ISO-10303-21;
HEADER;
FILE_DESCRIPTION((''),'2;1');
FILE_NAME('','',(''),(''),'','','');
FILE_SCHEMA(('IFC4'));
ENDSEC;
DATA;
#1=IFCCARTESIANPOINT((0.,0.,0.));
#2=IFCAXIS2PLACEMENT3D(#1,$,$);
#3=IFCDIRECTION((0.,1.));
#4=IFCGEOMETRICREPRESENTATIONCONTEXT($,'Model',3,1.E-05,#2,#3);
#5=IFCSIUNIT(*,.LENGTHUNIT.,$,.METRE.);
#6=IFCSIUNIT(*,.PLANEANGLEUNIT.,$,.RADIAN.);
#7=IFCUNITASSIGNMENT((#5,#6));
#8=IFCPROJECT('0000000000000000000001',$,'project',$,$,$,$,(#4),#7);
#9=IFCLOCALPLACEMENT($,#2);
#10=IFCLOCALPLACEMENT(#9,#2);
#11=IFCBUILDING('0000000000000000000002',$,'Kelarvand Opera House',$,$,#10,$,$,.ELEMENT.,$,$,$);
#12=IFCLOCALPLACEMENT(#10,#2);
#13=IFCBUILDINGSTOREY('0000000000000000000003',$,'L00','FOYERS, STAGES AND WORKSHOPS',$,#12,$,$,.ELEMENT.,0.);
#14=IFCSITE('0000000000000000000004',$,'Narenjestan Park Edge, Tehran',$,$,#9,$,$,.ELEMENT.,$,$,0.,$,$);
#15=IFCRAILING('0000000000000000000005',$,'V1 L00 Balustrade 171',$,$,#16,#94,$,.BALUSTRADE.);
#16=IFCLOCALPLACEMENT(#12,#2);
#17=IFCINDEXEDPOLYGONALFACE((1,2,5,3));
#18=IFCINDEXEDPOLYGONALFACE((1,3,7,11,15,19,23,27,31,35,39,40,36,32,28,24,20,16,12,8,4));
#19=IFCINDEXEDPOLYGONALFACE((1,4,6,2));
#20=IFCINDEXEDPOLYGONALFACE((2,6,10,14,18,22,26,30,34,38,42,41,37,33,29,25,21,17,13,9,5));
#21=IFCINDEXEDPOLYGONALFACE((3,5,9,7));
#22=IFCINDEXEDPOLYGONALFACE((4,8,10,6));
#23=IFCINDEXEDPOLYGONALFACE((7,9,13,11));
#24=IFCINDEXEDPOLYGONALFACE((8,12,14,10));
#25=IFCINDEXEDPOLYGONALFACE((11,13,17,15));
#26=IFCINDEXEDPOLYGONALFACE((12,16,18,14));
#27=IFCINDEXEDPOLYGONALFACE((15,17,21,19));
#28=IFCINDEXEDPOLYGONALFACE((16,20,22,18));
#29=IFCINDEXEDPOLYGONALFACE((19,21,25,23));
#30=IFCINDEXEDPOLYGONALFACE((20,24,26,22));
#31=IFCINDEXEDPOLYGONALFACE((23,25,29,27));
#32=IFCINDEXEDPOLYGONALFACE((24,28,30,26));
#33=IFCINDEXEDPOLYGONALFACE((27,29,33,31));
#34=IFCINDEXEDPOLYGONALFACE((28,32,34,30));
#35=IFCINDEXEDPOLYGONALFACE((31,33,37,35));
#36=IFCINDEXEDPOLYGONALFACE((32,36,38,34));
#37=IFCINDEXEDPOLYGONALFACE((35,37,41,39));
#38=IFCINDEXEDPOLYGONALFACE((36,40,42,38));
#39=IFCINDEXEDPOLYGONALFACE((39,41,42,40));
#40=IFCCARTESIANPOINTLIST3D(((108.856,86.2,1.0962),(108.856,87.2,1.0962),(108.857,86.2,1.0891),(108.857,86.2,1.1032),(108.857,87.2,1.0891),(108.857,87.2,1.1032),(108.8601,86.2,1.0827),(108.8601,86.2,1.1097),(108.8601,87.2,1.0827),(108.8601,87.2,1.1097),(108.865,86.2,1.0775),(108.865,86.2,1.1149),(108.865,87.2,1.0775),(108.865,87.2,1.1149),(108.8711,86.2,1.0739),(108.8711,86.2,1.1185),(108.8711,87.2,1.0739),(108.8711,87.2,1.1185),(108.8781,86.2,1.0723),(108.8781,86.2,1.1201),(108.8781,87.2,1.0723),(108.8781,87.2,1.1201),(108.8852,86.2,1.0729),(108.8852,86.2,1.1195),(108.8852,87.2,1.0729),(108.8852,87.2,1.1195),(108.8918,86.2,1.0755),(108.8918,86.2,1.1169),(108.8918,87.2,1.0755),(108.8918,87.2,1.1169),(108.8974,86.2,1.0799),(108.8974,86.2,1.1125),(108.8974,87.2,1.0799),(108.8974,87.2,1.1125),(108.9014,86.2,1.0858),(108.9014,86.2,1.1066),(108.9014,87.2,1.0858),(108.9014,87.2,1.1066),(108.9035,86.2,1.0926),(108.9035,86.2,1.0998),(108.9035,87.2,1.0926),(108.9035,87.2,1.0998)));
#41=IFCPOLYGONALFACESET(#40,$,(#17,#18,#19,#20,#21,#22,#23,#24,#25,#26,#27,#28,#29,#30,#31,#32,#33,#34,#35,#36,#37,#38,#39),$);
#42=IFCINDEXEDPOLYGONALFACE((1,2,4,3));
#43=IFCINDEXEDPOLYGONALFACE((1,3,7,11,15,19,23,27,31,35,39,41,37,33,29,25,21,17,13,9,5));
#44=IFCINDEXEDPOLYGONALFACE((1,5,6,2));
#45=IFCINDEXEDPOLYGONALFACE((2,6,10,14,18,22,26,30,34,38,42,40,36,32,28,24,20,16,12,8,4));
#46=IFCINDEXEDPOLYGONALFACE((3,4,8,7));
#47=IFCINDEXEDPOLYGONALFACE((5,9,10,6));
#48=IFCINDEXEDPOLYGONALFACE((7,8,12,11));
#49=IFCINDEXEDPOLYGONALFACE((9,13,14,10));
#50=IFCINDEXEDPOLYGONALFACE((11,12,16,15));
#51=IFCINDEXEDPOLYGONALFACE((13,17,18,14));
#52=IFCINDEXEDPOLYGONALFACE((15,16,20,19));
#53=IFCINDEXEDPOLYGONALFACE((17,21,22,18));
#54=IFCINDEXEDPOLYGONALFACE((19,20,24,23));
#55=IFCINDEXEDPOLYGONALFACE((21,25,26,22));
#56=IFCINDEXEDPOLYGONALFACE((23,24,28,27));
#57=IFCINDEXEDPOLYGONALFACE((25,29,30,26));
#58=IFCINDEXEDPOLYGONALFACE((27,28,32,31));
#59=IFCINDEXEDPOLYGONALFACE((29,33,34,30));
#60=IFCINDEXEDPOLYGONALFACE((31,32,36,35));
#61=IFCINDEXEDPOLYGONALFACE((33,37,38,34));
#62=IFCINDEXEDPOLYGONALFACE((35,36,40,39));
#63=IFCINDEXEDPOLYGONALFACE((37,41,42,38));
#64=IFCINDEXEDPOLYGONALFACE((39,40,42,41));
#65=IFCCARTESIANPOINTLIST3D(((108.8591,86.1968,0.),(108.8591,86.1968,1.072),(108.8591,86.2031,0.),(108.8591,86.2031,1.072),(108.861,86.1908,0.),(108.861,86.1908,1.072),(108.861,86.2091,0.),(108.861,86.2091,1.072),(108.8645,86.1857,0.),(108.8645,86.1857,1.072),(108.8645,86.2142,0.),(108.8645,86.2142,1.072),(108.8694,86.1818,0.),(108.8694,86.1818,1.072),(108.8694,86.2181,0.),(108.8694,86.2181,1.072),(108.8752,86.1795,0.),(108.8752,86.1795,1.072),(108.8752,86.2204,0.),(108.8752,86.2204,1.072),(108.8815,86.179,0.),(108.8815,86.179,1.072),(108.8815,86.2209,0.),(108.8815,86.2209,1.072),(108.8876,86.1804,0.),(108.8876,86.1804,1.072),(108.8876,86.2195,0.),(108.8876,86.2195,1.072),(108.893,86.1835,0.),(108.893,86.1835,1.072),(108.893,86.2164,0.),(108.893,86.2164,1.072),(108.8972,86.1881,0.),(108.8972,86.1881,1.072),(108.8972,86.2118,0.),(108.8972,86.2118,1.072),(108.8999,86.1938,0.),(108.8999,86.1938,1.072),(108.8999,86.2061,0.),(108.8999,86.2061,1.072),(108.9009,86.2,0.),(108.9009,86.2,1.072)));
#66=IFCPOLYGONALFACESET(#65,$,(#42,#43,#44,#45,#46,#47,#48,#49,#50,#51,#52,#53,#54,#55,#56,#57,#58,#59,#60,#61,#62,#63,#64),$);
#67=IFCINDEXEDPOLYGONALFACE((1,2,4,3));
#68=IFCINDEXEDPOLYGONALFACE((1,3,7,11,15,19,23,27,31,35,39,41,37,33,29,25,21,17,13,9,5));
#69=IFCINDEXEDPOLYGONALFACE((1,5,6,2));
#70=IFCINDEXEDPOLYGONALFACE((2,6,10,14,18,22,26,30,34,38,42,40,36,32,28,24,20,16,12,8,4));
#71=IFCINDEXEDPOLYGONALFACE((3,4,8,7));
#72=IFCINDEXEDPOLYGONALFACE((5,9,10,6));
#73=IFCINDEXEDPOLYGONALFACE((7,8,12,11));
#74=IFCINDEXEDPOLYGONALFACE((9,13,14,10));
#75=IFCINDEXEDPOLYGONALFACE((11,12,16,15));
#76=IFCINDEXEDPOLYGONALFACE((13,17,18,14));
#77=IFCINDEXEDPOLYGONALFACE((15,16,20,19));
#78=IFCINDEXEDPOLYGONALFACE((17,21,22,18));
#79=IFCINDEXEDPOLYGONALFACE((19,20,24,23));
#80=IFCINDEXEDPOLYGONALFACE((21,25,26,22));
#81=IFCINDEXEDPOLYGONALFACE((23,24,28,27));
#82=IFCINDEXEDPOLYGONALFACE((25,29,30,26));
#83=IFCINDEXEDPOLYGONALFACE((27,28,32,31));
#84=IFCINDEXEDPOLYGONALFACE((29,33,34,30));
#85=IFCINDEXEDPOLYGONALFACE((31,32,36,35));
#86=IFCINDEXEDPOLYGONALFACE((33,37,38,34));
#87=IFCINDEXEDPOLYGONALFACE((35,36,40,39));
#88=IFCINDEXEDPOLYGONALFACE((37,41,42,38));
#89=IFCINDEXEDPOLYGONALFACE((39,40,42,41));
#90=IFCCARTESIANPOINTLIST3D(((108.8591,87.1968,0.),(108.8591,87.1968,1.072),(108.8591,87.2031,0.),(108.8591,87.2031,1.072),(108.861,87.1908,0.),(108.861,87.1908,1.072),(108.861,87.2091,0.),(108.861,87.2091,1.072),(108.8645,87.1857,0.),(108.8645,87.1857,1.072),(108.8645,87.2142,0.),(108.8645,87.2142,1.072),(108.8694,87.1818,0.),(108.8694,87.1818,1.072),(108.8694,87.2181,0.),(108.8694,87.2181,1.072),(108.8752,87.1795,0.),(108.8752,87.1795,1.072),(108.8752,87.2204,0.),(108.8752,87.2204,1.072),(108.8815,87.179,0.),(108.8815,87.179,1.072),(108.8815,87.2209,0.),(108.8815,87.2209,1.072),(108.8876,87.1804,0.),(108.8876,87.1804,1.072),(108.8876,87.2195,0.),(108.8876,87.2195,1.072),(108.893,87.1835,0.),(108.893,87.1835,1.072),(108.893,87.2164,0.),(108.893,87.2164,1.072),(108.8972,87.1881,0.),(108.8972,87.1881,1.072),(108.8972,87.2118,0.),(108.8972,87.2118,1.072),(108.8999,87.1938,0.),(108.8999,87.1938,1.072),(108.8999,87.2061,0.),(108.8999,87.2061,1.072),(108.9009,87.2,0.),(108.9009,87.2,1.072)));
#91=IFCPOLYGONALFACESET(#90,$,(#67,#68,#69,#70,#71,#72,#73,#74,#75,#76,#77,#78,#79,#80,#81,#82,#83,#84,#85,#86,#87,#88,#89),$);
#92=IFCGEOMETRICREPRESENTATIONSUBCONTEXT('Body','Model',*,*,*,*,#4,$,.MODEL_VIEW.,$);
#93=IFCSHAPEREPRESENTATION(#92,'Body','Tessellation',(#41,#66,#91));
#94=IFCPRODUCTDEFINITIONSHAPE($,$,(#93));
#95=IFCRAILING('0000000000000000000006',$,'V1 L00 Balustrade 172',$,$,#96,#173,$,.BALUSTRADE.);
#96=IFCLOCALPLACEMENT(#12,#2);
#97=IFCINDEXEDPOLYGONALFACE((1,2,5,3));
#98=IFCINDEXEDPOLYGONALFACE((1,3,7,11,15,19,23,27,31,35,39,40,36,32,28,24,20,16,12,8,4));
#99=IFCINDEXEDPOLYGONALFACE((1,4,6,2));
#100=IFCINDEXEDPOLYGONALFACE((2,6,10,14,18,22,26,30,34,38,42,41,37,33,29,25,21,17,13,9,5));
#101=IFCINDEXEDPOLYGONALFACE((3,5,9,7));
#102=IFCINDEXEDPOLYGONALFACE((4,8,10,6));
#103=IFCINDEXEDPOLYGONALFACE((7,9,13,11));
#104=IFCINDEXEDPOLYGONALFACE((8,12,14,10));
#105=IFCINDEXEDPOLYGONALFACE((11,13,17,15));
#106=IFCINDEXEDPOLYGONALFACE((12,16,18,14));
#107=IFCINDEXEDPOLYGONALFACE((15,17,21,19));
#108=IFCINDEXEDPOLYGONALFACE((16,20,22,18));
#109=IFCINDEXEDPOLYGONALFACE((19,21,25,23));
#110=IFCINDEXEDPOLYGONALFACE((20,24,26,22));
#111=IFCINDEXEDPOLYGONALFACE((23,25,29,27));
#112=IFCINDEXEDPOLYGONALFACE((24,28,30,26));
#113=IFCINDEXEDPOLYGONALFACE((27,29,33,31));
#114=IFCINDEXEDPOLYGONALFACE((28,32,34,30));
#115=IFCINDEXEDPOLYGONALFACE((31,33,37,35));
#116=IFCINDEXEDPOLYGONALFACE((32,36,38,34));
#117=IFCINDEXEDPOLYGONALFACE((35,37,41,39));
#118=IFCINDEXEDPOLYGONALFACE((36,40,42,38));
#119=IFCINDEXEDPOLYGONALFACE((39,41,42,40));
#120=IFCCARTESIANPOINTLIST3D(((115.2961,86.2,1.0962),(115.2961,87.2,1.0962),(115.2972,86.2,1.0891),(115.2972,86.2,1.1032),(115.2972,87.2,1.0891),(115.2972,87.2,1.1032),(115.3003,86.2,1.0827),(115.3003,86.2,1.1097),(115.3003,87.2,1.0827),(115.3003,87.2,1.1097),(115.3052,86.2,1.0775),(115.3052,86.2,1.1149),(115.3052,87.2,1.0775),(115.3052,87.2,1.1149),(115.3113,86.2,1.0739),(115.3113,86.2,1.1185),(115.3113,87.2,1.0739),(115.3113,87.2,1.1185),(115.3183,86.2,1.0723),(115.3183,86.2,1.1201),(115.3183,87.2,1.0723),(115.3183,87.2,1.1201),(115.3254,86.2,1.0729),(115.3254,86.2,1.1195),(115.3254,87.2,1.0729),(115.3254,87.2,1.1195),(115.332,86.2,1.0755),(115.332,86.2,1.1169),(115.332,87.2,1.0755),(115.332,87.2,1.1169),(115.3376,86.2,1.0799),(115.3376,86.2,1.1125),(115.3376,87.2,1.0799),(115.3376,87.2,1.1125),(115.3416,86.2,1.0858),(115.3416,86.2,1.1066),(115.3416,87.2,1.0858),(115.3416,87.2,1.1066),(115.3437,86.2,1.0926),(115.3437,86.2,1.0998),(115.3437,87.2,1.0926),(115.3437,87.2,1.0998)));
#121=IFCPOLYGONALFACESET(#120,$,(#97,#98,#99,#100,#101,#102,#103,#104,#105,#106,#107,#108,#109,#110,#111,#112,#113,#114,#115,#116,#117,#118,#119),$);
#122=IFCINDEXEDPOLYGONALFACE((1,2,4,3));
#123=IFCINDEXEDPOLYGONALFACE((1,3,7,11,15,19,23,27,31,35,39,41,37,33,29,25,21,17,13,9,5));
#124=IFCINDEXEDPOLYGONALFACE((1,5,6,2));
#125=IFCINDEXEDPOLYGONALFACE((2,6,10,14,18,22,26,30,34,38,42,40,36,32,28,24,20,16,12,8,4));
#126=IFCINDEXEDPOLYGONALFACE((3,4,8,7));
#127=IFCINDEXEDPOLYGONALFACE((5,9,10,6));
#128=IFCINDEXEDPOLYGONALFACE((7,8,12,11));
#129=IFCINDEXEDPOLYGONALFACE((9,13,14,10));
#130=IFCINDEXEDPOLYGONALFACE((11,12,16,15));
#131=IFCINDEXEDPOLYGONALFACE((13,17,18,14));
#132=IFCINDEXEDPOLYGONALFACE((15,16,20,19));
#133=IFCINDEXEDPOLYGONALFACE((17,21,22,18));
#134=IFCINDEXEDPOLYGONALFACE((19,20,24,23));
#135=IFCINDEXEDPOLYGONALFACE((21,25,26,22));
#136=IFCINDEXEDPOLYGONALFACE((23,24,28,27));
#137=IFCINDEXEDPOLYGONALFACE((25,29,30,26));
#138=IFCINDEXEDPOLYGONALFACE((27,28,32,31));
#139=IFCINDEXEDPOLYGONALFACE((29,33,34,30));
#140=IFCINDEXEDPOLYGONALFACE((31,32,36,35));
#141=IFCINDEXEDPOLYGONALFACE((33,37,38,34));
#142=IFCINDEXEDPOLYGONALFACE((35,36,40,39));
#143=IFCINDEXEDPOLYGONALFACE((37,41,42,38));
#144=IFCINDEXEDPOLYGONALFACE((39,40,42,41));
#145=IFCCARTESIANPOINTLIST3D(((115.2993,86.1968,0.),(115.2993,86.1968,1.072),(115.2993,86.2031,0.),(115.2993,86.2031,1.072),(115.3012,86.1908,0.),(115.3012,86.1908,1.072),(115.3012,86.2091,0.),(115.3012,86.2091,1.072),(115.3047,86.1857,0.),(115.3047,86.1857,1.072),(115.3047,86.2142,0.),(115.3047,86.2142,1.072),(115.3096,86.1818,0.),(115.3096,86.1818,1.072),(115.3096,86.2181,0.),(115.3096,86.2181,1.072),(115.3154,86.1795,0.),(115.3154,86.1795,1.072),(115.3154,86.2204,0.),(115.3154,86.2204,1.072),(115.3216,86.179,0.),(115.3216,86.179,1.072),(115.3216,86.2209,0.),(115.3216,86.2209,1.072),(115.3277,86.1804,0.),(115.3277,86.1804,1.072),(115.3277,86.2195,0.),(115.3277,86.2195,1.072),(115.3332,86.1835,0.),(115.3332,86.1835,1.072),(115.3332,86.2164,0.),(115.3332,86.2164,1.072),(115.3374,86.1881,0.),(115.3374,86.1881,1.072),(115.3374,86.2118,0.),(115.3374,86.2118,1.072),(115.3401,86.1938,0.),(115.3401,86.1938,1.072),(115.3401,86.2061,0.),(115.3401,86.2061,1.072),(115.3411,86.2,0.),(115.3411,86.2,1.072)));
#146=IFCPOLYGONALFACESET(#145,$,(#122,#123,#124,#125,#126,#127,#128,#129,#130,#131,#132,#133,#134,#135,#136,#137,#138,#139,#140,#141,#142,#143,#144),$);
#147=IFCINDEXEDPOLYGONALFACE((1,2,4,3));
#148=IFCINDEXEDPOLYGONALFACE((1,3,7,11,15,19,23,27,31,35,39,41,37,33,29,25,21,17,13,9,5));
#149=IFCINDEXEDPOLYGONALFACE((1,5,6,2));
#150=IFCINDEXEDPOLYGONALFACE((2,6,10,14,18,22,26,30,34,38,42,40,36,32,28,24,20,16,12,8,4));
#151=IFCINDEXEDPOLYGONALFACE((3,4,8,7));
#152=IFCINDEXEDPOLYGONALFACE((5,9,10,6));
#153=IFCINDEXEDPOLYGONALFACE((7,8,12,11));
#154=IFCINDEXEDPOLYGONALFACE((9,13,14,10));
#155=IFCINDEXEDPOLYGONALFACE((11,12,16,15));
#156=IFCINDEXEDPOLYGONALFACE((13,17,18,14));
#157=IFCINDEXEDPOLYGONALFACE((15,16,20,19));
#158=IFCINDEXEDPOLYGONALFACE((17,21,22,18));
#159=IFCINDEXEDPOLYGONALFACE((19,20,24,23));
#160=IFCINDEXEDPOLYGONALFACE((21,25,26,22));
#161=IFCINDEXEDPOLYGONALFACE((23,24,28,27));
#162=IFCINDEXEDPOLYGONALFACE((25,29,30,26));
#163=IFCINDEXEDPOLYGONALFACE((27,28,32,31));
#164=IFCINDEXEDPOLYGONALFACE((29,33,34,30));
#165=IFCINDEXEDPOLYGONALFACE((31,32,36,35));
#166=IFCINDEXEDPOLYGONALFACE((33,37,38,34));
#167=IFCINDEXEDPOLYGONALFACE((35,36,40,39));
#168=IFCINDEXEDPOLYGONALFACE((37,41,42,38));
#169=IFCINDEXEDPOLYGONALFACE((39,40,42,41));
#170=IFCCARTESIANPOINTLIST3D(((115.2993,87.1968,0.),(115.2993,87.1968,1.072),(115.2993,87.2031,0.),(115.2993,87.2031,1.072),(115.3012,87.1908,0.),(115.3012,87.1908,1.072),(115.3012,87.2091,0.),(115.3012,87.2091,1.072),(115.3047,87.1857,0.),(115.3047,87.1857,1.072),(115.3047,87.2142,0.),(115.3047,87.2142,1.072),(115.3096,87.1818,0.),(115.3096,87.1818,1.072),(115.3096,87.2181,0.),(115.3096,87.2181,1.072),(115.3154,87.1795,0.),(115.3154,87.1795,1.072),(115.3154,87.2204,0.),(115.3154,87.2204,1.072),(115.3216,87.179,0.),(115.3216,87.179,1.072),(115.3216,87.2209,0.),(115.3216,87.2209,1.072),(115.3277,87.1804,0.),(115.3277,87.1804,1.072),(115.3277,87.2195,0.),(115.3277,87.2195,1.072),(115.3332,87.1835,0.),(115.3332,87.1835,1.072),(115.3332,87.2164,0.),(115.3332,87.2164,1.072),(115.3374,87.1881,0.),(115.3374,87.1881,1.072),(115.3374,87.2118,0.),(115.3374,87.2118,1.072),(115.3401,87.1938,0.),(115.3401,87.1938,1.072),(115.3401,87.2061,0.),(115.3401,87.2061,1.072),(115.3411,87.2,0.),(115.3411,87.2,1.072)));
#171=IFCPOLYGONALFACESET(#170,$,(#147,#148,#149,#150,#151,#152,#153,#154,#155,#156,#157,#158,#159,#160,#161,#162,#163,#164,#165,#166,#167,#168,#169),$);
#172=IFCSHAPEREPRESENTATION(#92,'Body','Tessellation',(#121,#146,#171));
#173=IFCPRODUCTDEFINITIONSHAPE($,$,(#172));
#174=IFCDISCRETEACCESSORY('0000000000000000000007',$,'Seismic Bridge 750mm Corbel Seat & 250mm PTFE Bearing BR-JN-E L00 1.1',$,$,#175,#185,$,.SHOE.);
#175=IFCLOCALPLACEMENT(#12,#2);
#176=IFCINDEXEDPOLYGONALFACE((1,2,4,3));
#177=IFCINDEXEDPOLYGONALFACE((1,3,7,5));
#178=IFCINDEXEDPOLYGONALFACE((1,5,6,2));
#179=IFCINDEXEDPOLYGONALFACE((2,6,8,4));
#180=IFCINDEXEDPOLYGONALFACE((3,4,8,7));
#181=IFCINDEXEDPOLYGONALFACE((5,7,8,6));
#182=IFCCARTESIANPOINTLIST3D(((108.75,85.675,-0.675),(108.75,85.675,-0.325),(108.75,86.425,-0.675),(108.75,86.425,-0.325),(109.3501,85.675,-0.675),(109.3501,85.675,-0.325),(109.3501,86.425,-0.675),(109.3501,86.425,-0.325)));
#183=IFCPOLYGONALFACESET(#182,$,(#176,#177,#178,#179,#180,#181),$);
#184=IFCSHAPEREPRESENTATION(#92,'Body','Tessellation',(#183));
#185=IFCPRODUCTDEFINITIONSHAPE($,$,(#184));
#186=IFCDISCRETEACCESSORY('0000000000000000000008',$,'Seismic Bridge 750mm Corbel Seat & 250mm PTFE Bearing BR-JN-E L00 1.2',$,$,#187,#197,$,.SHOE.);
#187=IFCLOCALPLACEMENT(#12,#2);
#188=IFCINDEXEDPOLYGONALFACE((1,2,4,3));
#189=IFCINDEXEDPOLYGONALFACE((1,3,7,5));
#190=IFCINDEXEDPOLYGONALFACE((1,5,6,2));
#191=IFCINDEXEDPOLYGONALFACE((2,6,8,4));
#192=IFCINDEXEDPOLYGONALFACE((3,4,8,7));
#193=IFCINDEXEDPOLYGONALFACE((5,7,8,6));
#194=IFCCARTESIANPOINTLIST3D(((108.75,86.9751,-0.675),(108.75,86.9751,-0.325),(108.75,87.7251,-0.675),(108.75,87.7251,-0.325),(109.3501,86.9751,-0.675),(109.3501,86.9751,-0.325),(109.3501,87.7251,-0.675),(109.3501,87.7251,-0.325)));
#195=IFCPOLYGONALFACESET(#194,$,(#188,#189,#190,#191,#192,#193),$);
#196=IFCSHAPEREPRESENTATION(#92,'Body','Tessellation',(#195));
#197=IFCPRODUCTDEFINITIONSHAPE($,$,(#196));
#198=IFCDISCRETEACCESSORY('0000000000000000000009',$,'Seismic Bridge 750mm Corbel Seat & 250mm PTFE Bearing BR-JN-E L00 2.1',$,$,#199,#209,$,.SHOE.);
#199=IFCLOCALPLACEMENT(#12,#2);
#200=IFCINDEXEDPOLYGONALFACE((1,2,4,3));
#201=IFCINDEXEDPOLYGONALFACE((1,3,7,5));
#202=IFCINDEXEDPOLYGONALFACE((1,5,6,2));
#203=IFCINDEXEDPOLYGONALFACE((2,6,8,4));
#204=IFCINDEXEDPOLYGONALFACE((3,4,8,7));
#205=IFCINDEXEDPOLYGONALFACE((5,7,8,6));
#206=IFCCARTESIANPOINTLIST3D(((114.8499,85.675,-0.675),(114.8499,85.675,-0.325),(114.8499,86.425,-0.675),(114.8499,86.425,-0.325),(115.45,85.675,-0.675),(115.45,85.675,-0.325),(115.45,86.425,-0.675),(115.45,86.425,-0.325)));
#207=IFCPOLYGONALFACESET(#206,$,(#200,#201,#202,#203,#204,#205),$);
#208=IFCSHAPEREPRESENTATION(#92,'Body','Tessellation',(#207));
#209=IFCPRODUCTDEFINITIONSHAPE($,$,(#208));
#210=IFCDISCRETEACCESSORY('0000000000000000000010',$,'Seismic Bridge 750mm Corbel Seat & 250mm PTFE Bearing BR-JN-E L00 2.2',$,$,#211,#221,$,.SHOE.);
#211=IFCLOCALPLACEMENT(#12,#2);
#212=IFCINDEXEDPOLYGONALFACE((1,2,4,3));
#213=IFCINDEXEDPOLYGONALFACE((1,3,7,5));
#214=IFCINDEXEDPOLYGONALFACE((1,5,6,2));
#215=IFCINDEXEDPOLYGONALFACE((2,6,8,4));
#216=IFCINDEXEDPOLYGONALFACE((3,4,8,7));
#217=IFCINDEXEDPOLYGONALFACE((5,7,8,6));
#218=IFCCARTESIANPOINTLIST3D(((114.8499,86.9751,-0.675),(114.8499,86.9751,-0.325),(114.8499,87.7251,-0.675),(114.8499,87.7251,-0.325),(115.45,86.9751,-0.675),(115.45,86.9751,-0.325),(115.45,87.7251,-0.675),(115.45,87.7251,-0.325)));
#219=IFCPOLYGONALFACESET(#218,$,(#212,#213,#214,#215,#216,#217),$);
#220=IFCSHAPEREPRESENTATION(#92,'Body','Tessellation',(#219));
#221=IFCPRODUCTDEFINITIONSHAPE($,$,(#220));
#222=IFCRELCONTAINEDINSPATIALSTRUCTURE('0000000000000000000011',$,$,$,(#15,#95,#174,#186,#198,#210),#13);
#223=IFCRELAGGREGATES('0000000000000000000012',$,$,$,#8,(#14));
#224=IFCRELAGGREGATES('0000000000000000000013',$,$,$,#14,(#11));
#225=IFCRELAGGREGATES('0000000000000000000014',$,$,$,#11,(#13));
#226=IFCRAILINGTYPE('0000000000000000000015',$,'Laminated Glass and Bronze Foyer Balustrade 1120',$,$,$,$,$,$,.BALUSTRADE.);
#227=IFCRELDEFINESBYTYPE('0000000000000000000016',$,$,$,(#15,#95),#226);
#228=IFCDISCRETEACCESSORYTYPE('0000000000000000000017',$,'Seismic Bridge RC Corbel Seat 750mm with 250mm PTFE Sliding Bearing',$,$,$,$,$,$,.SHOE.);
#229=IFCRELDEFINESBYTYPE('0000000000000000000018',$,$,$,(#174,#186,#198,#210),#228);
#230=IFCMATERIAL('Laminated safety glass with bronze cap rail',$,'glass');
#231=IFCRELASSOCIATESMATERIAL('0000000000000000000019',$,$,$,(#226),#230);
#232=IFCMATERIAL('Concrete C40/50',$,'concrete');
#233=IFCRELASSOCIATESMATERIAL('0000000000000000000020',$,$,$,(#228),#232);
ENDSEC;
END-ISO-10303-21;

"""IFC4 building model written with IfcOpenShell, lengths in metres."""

from ifc_helpers import new_model, si_unit, direction, frame, origin, origin_2d, place, context, subcontext, project, spatial, rectangle, circle, extrude, material, type_object, element, save


model = new_model("IFC4")

# Units and contexts
model_context = context("Model", 3, precision=1e-05, world=origin(), true_north=direction((0.0, 1.0)))
body_context = subcontext(model_context, "Body", "Model", "MODEL_VIEW")
ifc_project = project(units=[si_unit("LENGTHUNIT", "METRE"), si_unit("PLANEANGLEUNIT", "RADIAN")], contexts=[model_context])

# Site, building, storey
site_placement = place(None, origin())
site = spatial("IfcSite", under=ifc_project, at=site_placement, Name="Narenjestan Park Edge, Tehran", CompositionType="ELEMENT", RefElevation=0.0)
building_placement = place(site_placement, origin())
building = spatial("IfcBuilding", under=site, at=building_placement, Name="Kelarvand Opera House", CompositionType="ELEMENT")
storey_placement = place(building_placement, origin())
storey = spatial("IfcBuildingStorey", under=building, at=storey_placement, Name="L00", Description="FOYERS, STAGES AND WORKSHOPS", CompositionType="ELEMENT", Elevation=0.0)

# Shared definitions
ifc_material_1 = material(Name="Concrete C40/50", Category="concrete")

# Railings
ifc_material_2 = material(Name="Laminated safety glass with bronze cap rail", Category="glass")
railing_type = type_object("IfcRailingType", Name="Laminated Glass and Bronze Foyer Balustrade 1120", PredefinedType="BALUSTRADE", material=ifc_material_2)
for number, where, name in (
    (1, (108.8799, 86.2, 0.0), "V1 L00 Balustrade 171"),
    (2, (115.3201, 86.2, 0.0), "V1 L00 Balustrade 172"),
):
    element("IfcRailing", number, at=place(storey_placement, frame(where)), inside=storey, type_object=railing_type, Name=name, PredefinedType="BALUSTRADE", context=body_context, shape_type="SweptSolid", body=[
        extrude(circle(Radius=0.0239, at=origin_2d()), frame((0.0, 0.0, 1.0962), z_axis=(0.0, 1.0, 0.0), x_axis=(-1.0, 0.0, 0.0)), (0.0, 0.0, 1.0), 1.0),
        extrude(circle(Radius=0.021, at=origin_2d()), origin(), (0.0, 0.0, 1.0), 1.072),
        extrude(circle(Radius=0.021, at=origin_2d()), frame((0.0, 1.0, 0.0)), (0.0, 0.0, 1.0), 1.072),
    ])

# Discrete accessories
discrete_accessory_type_1 = type_object("IfcDiscreteAccessoryType", Name="Seismic Bridge RC Corbel Seat 750mm with 250mm PTFE Sliding Bearing", PredefinedType="SHOE", material=ifc_material_1)
for number, where, z_axis, x_axis, name in (
    (3, (109.05, 86.05, -0.675), (0.0, 0.0, 1.0), (0.0, 1.0, 0.0), "Seismic Bridge 750mm Corbel Seat & 250mm PTFE Bearing BR-JN-E L00 1.1"),
    (4, (109.05, 87.3501, -0.675), (0.0, 0.0, 1.0), (0.0, 1.0, 0.0), "Seismic Bridge 750mm Corbel Seat & 250mm PTFE Bearing BR-JN-E L00 1.2"),
    (5, (115.1499, 86.05, -0.675), (0.0, 0.0, 1.0), (0.0, 1.0, 0.0), "Seismic Bridge 750mm Corbel Seat & 250mm PTFE Bearing BR-JN-E L00 2.1"),
    (6, (115.1499, 87.3501, -0.675), (0.0, 0.0, 1.0), (0.0, 1.0, 0.0), "Seismic Bridge 750mm Corbel Seat & 250mm PTFE Bearing BR-JN-E L00 2.2"),
):
    element("IfcDiscreteAccessory", number, at=place(storey_placement, frame(where, z_axis=z_axis, x_axis=x_axis)), inside=storey, type_object=discrete_accessory_type_1, Name=name, PredefinedType="SHOE", context=body_context, shape_type="SweptSolid", body=[
        extrude(rectangle(XDim=0.75, YDim=0.6001, at=origin_2d()), origin(), (0.0, 0.0, 1.0), 0.3501),
    ])

save(model, "model.ifc")
